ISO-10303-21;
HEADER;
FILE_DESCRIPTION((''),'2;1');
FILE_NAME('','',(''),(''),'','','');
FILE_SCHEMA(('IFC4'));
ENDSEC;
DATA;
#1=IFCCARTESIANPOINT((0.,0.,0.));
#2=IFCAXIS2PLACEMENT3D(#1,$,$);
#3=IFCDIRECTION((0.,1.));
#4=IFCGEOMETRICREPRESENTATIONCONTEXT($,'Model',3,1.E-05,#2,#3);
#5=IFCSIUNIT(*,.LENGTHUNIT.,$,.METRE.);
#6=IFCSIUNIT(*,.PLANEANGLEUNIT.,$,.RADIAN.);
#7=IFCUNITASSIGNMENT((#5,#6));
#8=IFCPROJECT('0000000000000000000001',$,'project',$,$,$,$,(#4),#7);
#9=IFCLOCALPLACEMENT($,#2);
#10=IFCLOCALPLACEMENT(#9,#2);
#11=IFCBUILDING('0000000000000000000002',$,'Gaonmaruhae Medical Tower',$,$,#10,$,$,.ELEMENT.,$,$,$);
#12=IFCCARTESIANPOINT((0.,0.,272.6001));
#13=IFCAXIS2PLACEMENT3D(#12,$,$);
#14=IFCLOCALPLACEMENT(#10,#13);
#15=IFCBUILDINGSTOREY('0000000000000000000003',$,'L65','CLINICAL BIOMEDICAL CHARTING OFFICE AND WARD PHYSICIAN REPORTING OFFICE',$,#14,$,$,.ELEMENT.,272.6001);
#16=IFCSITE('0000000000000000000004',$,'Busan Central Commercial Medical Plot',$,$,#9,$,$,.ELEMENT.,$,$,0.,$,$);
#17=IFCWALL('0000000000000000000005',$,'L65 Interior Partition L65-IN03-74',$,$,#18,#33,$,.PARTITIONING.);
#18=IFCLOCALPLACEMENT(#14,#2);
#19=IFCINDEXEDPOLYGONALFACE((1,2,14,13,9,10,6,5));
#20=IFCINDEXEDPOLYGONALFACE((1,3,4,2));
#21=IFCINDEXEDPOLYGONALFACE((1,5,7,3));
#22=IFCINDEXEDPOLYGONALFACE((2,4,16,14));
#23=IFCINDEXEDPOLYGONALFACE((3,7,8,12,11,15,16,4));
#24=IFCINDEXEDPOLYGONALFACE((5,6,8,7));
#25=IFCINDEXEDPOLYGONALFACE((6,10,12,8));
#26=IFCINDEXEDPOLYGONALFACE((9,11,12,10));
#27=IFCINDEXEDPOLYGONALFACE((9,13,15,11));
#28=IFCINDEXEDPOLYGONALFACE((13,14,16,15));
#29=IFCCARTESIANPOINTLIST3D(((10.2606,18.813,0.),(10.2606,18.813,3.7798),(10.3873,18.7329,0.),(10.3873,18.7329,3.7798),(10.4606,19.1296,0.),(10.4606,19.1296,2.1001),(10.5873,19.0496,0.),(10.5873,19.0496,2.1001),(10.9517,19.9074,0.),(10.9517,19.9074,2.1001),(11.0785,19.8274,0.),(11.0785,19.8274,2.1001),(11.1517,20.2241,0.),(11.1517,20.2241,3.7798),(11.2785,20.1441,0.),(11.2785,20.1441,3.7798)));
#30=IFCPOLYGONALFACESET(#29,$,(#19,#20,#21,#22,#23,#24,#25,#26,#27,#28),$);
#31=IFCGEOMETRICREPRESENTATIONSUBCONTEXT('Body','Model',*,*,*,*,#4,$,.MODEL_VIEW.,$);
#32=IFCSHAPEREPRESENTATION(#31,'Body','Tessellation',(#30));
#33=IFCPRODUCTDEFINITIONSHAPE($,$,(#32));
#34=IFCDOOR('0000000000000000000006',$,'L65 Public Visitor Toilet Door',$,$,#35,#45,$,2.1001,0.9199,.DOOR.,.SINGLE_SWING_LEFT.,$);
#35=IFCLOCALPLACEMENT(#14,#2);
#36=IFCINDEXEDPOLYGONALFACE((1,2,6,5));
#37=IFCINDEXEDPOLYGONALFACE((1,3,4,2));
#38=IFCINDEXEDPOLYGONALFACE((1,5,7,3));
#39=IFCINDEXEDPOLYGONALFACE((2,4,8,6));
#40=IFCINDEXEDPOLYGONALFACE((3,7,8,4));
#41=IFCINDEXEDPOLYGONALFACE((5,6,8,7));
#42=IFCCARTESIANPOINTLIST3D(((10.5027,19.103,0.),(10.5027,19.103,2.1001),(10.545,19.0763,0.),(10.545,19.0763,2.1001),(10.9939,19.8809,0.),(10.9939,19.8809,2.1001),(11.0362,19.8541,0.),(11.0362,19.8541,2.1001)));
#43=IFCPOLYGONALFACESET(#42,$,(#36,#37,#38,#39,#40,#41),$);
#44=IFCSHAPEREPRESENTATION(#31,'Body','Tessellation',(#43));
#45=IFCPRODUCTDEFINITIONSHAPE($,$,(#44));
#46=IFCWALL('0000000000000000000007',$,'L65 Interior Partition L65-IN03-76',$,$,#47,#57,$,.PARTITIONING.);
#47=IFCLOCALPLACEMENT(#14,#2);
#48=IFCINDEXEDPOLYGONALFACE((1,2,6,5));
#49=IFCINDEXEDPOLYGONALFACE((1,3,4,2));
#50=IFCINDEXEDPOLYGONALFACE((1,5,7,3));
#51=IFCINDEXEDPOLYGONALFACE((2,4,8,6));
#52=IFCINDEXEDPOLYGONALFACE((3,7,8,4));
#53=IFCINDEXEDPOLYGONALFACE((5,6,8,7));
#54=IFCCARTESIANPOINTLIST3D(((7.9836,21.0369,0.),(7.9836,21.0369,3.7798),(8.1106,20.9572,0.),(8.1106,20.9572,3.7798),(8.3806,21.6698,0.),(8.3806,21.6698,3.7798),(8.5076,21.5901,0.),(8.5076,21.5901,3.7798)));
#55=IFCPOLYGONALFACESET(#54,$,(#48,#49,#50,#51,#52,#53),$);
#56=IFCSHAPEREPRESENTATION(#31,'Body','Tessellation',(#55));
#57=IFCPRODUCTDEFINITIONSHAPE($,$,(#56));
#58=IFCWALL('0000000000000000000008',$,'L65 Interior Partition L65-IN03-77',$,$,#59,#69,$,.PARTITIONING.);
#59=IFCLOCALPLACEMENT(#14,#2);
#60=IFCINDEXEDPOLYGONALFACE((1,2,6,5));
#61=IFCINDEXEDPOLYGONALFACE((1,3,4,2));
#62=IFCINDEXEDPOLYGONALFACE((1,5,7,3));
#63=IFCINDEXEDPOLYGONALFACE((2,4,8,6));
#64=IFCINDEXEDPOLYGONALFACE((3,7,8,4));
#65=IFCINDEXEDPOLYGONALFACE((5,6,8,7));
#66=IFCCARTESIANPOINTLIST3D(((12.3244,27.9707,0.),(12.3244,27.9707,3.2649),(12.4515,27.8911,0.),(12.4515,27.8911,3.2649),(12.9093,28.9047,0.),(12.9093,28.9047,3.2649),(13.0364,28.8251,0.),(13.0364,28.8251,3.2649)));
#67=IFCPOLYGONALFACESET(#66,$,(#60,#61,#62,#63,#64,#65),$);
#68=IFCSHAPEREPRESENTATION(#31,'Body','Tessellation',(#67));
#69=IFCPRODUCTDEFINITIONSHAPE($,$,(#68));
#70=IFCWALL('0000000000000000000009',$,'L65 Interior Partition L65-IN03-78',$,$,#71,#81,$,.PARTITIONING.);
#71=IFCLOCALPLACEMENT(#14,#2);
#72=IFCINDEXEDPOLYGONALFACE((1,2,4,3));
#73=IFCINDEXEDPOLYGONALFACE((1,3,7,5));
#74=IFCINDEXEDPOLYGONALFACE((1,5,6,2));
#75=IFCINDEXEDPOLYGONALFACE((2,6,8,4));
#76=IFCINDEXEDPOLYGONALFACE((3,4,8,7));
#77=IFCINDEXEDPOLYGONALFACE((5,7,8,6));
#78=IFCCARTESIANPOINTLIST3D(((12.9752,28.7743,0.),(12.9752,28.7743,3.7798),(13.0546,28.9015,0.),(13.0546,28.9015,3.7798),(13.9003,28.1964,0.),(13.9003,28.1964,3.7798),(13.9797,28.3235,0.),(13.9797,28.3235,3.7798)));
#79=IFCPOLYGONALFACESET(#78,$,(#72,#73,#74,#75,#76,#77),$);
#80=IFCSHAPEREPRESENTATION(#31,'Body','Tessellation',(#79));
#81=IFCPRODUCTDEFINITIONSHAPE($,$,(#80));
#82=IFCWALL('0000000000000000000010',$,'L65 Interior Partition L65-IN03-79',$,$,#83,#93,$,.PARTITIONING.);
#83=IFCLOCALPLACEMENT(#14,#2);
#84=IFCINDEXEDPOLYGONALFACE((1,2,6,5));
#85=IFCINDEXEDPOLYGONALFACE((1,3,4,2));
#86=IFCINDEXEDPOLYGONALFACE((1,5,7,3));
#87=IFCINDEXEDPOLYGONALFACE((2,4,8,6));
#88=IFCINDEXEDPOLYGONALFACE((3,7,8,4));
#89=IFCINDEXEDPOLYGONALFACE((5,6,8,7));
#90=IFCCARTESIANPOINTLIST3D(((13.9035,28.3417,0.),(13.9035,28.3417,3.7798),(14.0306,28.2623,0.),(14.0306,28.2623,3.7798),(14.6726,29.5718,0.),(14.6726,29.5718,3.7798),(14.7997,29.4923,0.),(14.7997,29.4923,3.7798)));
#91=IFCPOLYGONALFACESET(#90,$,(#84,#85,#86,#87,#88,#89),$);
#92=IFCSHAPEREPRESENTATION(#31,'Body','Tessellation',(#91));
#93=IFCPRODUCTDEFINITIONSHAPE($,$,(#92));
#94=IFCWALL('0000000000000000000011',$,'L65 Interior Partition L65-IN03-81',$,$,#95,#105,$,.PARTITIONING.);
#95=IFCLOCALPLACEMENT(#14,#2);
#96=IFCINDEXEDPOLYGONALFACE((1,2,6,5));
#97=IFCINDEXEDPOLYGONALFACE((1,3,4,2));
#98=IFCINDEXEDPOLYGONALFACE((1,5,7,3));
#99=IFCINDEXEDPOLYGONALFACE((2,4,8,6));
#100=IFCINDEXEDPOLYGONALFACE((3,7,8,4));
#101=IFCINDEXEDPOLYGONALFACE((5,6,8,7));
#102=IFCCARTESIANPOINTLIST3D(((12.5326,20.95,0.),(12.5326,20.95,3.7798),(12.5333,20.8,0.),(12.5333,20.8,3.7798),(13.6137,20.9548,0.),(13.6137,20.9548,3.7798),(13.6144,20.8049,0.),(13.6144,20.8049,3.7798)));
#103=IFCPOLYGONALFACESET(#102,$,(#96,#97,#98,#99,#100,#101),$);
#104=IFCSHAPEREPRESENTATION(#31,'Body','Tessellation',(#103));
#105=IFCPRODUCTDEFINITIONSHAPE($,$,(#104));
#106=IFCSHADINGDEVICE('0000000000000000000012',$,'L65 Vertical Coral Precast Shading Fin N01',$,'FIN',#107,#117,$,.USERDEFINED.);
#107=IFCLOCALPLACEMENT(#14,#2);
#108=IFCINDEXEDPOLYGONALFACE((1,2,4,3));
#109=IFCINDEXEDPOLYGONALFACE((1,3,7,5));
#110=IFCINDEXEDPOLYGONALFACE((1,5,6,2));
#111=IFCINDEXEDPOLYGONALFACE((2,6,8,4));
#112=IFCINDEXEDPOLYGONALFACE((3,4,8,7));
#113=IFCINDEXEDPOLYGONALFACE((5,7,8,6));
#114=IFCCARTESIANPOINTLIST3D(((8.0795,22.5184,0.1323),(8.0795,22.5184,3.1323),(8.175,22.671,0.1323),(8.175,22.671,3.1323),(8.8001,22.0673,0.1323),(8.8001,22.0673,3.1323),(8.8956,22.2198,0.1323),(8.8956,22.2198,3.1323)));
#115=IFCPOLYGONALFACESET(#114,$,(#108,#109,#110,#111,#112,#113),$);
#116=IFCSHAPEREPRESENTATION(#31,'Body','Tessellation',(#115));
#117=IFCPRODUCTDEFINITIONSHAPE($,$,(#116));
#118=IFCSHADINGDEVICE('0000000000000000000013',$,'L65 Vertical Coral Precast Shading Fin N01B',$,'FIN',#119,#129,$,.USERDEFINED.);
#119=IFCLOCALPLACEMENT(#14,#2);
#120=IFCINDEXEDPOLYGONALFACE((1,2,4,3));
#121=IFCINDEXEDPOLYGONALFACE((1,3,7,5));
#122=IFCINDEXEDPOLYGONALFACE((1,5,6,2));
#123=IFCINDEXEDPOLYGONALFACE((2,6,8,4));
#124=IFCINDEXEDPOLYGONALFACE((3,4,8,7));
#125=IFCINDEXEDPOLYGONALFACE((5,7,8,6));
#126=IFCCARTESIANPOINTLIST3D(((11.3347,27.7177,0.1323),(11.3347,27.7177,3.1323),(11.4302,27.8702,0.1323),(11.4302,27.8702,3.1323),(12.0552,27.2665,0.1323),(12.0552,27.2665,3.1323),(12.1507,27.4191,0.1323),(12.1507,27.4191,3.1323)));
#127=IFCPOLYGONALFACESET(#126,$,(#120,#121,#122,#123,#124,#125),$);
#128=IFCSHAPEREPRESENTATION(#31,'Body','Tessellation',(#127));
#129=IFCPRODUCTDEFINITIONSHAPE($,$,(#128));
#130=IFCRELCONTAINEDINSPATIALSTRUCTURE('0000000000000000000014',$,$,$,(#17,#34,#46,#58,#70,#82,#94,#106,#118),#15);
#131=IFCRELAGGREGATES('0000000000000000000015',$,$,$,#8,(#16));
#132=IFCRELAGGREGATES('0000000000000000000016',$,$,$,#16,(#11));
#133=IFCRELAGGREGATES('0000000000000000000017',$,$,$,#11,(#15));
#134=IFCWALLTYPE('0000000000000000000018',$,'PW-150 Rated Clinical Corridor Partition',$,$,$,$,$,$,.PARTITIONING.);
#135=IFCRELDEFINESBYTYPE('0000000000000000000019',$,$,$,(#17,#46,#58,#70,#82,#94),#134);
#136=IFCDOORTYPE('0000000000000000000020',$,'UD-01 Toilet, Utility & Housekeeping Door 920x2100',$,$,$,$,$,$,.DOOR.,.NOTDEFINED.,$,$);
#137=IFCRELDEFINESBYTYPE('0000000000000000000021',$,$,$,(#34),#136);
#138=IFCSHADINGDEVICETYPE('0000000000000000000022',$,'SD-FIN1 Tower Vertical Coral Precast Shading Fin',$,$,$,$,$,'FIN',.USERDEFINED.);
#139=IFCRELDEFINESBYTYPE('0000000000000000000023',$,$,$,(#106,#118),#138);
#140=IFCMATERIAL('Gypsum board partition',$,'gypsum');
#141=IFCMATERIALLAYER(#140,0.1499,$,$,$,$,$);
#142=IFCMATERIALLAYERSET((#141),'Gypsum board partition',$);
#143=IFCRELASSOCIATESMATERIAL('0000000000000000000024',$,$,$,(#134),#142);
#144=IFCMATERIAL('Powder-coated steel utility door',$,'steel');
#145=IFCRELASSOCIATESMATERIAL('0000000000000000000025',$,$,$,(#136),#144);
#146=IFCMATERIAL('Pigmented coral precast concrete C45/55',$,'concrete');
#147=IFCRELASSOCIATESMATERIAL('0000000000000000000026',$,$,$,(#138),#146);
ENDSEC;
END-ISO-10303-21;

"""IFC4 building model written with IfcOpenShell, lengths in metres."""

from ifc_helpers import new_model, si_unit, direction, frame, frame_2d, origin, origin_2d, place, context, subcontext, project, spatial, rectangle, extrude, material, layer, layer_set, type_object, element, fill, save


model = new_model("IFC4")

# Units and contexts
model_context = context("Model", 3, precision=1e-05, world=origin(), true_north=direction((0.0, 1.0)))
body_context = subcontext(model_context, "Body", "Model", "MODEL_VIEW")
ifc_project = project(units=[si_unit("LENGTHUNIT", "METRE"), si_unit("PLANEANGLEUNIT", "RADIAN")], contexts=[model_context])

# Site, building, storey
site_placement = place(None, origin())
site = spatial("IfcSite", under=ifc_project, at=site_placement, Name="Busan Central Commercial Medical Plot", CompositionType="ELEMENT", RefElevation=0.0)
building_placement = place(site_placement, origin())
building = spatial("IfcBuilding", under=site, at=building_placement, Name="Gaonmaruhae Medical Tower", CompositionType="ELEMENT")
storey_placement = place(building_placement, frame((0.0, 0.0, 272.6001)))
storey = spatial("IfcBuildingStorey", under=building, at=storey_placement, Name="L65", Description="CLINICAL BIOMEDICAL CHARTING OFFICE AND WARD PHYSICIAN REPORTING OFFICE", CompositionType="ELEMENT", Elevation=272.6001)

# Shared definitions
ifc_material_1 = material(Name="Gypsum board partition", Category="gypsum")
ifc_layer_1 = layer(ifc_material_1, 0.1499)
ifc_layer_set_1 = layer_set([ifc_layer_1], Name="Gypsum board partition")
wall_type_1 = type_object("IfcWallType", Name="PW-150 Rated Clinical Corridor Partition", PredefinedType="PARTITIONING", material=ifc_layer_set_1)

# Wall, opening, door
wall_1_placement = place(storey_placement, frame((11.2151, 20.1841, 0.0), z_axis=(0.0, 0.0, 1.0), x_axis=(-0.533938, -0.845524, 0.0)))
wall_1 = element("IfcWall", 1, at=wall_1_placement, inside=storey, type_object=wall_type_1, Name="L65 Interior Partition L65-IN03-74", PredefinedType="PARTITIONING", context=body_context, shape_type="SweptSolid", body=[
    extrude(rectangle(XDim=1.6689, YDim=0.1499, at=frame_2d((0.8345, 0.0))), origin(), (0.0, 0.0, 1.0), 3.7798),
])
opening_1_placement = place(wall_1_placement, frame((0.3745, 0.0, 0.0)))
opening_1 = element("IfcOpeningElement", 2, at=opening_1_placement, cuts=wall_1, PredefinedType="OPENING", context=body_context, shape_type="SweptSolid", body=[
    extrude(rectangle(XDim=0.9199, YDim=2.1001, at=frame_2d((0.46, 1.05))), frame((0.0, 0.085, 0.0), z_axis=(0.0, -1.0, 0.0), x_axis=(1.0, 0.0, 0.0)), (0.0, 0.0, 1.0), 0.1699),
])
ifc_material_2 = material(Name="Powder-coated steel utility door", Category="steel")
door_type = type_object("IfcDoorType", Name="UD-01 Toilet, Utility & Housekeeping Door 920x2100", OperationType="NOTDEFINED", PredefinedType="DOOR", material=ifc_material_2)
door_placement = place(opening_1_placement, origin())
door = element("IfcDoor", 3, at=door_placement, inside=storey, type_object=door_type, Name="L65 Public Visitor Toilet Door", OperationType="SINGLE_SWING_LEFT", OverallHeight=2.1001, OverallWidth=0.9199, PredefinedType="DOOR", context=body_context, shape_type="SweptSolid", body=[
    extrude(rectangle(XDim=0.9199, YDim=2.1001, at=frame_2d((0.46, 1.05))), frame((0.0, 0.0249, 0.0), z_axis=(0.0, -1.0, 0.0), x_axis=(1.0, 0.0, 0.0)), (0.0, 0.0, 1.0), 0.05),
])
fill(opening_1, door)

# Walls
wall_2_placement = place(storey_placement, frame((8.0471, 20.9971, 0.0), z_axis=(0.0, 0.0, 1.0), x_axis=(0.531408, 0.847116, 0.0)))
element("IfcWall", 4, at=wall_2_placement, inside=storey, type_object=wall_type_1, Name="L65 Interior Partition L65-IN03-76", PredefinedType="PARTITIONING", context=body_context, shape_type="SweptSolid", body=[
    extrude(rectangle(XDim=0.7471, YDim=0.1499, at=frame_2d((0.3735, 0.0))), origin(), (0.0, 0.0, 1.0), 3.7798),
])
wall_3_placement = place(storey_placement, frame((12.3879, 27.9309, 0.0), z_axis=(0.0, 0.0, 1.0), x_axis=(0.530755, 0.847525, 0.0)))
element("IfcWall", 5, at=wall_3_placement, inside=storey, type_object=wall_type_1, Name="L65 Interior Partition L65-IN03-77", PredefinedType="PARTITIONING", context=body_context, shape_type="SweptSolid", body=[
    extrude(rectangle(XDim=1.1021, YDim=0.1499, at=frame_2d((0.551, 0.0))), origin(), (0.0, 0.0, 1.0), 3.2649),
])
wall_4_placement = place(storey_placement, frame((13.0149, 28.8379, 0.0), z_axis=(0.0, 0.0, 1.0), x_axis=(0.848111, -0.529818, 0.0)))
element("IfcWall", 6, at=wall_4_placement, inside=storey, type_object=wall_type_1, Name="L65 Interior Partition L65-IN03-78", PredefinedType="PARTITIONING", context=body_context, shape_type="SweptSolid", body=[
    extrude(rectangle(XDim=1.0908, YDim=0.1499, at=frame_2d((0.5454, 0.0))), origin(), (0.0, 0.0, 1.0), 3.7798),
])
wall_5_placement = place(storey_placement, frame((13.967, 28.302, 0.0), z_axis=(0.0, 0.0, 1.0), x_axis=(0.53015, 0.847904, 0.0)))
element("IfcWall", 7, at=wall_5_placement, inside=storey, type_object=wall_type_1, Name="L65 Interior Partition L65-IN03-79", PredefinedType="PARTITIONING", context=body_context, shape_type="SweptSolid", body=[
    extrude(rectangle(XDim=1.4507, YDim=0.1499, at=frame_2d((0.7253, 0.0))), origin(), (0.0, 0.0, 1.0), 3.7798),
])
wall_6_placement = place(storey_placement, frame((13.614, 20.8799, 0.0), z_axis=(0.0, 0.0, 1.0), x_axis=(-0.99999, -0.004517, 0.0)))
element("IfcWall", 8, at=wall_6_placement, inside=storey, type_object=wall_type_1, Name="L65 Interior Partition L65-IN03-81", PredefinedType="PARTITIONING", context=body_context, shape_type="SweptSolid", body=[
    extrude(rectangle(XDim=1.0811, YDim=0.1499, at=frame_2d((0.5405, 0.0))), origin(), (0.0, 0.0, 1.0), 3.7798),
])

# Shading devices
ifc_material_3 = material(Name="Pigmented coral precast concrete C45/55", Category="concrete")
shading_device_type = type_object("IfcShadingDeviceType", Name="SD-FIN1 Tower Vertical Coral Precast Shading Fin", ElementType="FIN", PredefinedType="USERDEFINED", material=ifc_material_3)
for number, where, z_axis, x_axis, name in (
    (9, (8.4875, 22.3691, 0.1323), (0.0, 0.0, 1.0), (0.530659, 0.847585, 0.0), "L65 Vertical Coral Precast Shading Fin N01"),
    (10, (11.7427, 27.5684, 0.1323), (0.0, 0.0, 1.0), (0.530659, 0.847585, 0.0), "L65 Vertical Coral Precast Shading Fin N01B"),
):
    element("IfcShadingDevice", number, at=place(storey_placement, frame(where, z_axis=z_axis, x_axis=x_axis)), inside=storey, type_object=shading_device_type, Name=name, ObjectType="FIN", PredefinedType="USERDEFINED", context=body_context, shape_type="SweptSolid", body=[
        extrude(rectangle(XDim=0.1799, YDim=0.8501, at=origin_2d()), origin(), (0.0, 0.0, 1.0), 3.0),
    ])

save(model, "model.ifc")
